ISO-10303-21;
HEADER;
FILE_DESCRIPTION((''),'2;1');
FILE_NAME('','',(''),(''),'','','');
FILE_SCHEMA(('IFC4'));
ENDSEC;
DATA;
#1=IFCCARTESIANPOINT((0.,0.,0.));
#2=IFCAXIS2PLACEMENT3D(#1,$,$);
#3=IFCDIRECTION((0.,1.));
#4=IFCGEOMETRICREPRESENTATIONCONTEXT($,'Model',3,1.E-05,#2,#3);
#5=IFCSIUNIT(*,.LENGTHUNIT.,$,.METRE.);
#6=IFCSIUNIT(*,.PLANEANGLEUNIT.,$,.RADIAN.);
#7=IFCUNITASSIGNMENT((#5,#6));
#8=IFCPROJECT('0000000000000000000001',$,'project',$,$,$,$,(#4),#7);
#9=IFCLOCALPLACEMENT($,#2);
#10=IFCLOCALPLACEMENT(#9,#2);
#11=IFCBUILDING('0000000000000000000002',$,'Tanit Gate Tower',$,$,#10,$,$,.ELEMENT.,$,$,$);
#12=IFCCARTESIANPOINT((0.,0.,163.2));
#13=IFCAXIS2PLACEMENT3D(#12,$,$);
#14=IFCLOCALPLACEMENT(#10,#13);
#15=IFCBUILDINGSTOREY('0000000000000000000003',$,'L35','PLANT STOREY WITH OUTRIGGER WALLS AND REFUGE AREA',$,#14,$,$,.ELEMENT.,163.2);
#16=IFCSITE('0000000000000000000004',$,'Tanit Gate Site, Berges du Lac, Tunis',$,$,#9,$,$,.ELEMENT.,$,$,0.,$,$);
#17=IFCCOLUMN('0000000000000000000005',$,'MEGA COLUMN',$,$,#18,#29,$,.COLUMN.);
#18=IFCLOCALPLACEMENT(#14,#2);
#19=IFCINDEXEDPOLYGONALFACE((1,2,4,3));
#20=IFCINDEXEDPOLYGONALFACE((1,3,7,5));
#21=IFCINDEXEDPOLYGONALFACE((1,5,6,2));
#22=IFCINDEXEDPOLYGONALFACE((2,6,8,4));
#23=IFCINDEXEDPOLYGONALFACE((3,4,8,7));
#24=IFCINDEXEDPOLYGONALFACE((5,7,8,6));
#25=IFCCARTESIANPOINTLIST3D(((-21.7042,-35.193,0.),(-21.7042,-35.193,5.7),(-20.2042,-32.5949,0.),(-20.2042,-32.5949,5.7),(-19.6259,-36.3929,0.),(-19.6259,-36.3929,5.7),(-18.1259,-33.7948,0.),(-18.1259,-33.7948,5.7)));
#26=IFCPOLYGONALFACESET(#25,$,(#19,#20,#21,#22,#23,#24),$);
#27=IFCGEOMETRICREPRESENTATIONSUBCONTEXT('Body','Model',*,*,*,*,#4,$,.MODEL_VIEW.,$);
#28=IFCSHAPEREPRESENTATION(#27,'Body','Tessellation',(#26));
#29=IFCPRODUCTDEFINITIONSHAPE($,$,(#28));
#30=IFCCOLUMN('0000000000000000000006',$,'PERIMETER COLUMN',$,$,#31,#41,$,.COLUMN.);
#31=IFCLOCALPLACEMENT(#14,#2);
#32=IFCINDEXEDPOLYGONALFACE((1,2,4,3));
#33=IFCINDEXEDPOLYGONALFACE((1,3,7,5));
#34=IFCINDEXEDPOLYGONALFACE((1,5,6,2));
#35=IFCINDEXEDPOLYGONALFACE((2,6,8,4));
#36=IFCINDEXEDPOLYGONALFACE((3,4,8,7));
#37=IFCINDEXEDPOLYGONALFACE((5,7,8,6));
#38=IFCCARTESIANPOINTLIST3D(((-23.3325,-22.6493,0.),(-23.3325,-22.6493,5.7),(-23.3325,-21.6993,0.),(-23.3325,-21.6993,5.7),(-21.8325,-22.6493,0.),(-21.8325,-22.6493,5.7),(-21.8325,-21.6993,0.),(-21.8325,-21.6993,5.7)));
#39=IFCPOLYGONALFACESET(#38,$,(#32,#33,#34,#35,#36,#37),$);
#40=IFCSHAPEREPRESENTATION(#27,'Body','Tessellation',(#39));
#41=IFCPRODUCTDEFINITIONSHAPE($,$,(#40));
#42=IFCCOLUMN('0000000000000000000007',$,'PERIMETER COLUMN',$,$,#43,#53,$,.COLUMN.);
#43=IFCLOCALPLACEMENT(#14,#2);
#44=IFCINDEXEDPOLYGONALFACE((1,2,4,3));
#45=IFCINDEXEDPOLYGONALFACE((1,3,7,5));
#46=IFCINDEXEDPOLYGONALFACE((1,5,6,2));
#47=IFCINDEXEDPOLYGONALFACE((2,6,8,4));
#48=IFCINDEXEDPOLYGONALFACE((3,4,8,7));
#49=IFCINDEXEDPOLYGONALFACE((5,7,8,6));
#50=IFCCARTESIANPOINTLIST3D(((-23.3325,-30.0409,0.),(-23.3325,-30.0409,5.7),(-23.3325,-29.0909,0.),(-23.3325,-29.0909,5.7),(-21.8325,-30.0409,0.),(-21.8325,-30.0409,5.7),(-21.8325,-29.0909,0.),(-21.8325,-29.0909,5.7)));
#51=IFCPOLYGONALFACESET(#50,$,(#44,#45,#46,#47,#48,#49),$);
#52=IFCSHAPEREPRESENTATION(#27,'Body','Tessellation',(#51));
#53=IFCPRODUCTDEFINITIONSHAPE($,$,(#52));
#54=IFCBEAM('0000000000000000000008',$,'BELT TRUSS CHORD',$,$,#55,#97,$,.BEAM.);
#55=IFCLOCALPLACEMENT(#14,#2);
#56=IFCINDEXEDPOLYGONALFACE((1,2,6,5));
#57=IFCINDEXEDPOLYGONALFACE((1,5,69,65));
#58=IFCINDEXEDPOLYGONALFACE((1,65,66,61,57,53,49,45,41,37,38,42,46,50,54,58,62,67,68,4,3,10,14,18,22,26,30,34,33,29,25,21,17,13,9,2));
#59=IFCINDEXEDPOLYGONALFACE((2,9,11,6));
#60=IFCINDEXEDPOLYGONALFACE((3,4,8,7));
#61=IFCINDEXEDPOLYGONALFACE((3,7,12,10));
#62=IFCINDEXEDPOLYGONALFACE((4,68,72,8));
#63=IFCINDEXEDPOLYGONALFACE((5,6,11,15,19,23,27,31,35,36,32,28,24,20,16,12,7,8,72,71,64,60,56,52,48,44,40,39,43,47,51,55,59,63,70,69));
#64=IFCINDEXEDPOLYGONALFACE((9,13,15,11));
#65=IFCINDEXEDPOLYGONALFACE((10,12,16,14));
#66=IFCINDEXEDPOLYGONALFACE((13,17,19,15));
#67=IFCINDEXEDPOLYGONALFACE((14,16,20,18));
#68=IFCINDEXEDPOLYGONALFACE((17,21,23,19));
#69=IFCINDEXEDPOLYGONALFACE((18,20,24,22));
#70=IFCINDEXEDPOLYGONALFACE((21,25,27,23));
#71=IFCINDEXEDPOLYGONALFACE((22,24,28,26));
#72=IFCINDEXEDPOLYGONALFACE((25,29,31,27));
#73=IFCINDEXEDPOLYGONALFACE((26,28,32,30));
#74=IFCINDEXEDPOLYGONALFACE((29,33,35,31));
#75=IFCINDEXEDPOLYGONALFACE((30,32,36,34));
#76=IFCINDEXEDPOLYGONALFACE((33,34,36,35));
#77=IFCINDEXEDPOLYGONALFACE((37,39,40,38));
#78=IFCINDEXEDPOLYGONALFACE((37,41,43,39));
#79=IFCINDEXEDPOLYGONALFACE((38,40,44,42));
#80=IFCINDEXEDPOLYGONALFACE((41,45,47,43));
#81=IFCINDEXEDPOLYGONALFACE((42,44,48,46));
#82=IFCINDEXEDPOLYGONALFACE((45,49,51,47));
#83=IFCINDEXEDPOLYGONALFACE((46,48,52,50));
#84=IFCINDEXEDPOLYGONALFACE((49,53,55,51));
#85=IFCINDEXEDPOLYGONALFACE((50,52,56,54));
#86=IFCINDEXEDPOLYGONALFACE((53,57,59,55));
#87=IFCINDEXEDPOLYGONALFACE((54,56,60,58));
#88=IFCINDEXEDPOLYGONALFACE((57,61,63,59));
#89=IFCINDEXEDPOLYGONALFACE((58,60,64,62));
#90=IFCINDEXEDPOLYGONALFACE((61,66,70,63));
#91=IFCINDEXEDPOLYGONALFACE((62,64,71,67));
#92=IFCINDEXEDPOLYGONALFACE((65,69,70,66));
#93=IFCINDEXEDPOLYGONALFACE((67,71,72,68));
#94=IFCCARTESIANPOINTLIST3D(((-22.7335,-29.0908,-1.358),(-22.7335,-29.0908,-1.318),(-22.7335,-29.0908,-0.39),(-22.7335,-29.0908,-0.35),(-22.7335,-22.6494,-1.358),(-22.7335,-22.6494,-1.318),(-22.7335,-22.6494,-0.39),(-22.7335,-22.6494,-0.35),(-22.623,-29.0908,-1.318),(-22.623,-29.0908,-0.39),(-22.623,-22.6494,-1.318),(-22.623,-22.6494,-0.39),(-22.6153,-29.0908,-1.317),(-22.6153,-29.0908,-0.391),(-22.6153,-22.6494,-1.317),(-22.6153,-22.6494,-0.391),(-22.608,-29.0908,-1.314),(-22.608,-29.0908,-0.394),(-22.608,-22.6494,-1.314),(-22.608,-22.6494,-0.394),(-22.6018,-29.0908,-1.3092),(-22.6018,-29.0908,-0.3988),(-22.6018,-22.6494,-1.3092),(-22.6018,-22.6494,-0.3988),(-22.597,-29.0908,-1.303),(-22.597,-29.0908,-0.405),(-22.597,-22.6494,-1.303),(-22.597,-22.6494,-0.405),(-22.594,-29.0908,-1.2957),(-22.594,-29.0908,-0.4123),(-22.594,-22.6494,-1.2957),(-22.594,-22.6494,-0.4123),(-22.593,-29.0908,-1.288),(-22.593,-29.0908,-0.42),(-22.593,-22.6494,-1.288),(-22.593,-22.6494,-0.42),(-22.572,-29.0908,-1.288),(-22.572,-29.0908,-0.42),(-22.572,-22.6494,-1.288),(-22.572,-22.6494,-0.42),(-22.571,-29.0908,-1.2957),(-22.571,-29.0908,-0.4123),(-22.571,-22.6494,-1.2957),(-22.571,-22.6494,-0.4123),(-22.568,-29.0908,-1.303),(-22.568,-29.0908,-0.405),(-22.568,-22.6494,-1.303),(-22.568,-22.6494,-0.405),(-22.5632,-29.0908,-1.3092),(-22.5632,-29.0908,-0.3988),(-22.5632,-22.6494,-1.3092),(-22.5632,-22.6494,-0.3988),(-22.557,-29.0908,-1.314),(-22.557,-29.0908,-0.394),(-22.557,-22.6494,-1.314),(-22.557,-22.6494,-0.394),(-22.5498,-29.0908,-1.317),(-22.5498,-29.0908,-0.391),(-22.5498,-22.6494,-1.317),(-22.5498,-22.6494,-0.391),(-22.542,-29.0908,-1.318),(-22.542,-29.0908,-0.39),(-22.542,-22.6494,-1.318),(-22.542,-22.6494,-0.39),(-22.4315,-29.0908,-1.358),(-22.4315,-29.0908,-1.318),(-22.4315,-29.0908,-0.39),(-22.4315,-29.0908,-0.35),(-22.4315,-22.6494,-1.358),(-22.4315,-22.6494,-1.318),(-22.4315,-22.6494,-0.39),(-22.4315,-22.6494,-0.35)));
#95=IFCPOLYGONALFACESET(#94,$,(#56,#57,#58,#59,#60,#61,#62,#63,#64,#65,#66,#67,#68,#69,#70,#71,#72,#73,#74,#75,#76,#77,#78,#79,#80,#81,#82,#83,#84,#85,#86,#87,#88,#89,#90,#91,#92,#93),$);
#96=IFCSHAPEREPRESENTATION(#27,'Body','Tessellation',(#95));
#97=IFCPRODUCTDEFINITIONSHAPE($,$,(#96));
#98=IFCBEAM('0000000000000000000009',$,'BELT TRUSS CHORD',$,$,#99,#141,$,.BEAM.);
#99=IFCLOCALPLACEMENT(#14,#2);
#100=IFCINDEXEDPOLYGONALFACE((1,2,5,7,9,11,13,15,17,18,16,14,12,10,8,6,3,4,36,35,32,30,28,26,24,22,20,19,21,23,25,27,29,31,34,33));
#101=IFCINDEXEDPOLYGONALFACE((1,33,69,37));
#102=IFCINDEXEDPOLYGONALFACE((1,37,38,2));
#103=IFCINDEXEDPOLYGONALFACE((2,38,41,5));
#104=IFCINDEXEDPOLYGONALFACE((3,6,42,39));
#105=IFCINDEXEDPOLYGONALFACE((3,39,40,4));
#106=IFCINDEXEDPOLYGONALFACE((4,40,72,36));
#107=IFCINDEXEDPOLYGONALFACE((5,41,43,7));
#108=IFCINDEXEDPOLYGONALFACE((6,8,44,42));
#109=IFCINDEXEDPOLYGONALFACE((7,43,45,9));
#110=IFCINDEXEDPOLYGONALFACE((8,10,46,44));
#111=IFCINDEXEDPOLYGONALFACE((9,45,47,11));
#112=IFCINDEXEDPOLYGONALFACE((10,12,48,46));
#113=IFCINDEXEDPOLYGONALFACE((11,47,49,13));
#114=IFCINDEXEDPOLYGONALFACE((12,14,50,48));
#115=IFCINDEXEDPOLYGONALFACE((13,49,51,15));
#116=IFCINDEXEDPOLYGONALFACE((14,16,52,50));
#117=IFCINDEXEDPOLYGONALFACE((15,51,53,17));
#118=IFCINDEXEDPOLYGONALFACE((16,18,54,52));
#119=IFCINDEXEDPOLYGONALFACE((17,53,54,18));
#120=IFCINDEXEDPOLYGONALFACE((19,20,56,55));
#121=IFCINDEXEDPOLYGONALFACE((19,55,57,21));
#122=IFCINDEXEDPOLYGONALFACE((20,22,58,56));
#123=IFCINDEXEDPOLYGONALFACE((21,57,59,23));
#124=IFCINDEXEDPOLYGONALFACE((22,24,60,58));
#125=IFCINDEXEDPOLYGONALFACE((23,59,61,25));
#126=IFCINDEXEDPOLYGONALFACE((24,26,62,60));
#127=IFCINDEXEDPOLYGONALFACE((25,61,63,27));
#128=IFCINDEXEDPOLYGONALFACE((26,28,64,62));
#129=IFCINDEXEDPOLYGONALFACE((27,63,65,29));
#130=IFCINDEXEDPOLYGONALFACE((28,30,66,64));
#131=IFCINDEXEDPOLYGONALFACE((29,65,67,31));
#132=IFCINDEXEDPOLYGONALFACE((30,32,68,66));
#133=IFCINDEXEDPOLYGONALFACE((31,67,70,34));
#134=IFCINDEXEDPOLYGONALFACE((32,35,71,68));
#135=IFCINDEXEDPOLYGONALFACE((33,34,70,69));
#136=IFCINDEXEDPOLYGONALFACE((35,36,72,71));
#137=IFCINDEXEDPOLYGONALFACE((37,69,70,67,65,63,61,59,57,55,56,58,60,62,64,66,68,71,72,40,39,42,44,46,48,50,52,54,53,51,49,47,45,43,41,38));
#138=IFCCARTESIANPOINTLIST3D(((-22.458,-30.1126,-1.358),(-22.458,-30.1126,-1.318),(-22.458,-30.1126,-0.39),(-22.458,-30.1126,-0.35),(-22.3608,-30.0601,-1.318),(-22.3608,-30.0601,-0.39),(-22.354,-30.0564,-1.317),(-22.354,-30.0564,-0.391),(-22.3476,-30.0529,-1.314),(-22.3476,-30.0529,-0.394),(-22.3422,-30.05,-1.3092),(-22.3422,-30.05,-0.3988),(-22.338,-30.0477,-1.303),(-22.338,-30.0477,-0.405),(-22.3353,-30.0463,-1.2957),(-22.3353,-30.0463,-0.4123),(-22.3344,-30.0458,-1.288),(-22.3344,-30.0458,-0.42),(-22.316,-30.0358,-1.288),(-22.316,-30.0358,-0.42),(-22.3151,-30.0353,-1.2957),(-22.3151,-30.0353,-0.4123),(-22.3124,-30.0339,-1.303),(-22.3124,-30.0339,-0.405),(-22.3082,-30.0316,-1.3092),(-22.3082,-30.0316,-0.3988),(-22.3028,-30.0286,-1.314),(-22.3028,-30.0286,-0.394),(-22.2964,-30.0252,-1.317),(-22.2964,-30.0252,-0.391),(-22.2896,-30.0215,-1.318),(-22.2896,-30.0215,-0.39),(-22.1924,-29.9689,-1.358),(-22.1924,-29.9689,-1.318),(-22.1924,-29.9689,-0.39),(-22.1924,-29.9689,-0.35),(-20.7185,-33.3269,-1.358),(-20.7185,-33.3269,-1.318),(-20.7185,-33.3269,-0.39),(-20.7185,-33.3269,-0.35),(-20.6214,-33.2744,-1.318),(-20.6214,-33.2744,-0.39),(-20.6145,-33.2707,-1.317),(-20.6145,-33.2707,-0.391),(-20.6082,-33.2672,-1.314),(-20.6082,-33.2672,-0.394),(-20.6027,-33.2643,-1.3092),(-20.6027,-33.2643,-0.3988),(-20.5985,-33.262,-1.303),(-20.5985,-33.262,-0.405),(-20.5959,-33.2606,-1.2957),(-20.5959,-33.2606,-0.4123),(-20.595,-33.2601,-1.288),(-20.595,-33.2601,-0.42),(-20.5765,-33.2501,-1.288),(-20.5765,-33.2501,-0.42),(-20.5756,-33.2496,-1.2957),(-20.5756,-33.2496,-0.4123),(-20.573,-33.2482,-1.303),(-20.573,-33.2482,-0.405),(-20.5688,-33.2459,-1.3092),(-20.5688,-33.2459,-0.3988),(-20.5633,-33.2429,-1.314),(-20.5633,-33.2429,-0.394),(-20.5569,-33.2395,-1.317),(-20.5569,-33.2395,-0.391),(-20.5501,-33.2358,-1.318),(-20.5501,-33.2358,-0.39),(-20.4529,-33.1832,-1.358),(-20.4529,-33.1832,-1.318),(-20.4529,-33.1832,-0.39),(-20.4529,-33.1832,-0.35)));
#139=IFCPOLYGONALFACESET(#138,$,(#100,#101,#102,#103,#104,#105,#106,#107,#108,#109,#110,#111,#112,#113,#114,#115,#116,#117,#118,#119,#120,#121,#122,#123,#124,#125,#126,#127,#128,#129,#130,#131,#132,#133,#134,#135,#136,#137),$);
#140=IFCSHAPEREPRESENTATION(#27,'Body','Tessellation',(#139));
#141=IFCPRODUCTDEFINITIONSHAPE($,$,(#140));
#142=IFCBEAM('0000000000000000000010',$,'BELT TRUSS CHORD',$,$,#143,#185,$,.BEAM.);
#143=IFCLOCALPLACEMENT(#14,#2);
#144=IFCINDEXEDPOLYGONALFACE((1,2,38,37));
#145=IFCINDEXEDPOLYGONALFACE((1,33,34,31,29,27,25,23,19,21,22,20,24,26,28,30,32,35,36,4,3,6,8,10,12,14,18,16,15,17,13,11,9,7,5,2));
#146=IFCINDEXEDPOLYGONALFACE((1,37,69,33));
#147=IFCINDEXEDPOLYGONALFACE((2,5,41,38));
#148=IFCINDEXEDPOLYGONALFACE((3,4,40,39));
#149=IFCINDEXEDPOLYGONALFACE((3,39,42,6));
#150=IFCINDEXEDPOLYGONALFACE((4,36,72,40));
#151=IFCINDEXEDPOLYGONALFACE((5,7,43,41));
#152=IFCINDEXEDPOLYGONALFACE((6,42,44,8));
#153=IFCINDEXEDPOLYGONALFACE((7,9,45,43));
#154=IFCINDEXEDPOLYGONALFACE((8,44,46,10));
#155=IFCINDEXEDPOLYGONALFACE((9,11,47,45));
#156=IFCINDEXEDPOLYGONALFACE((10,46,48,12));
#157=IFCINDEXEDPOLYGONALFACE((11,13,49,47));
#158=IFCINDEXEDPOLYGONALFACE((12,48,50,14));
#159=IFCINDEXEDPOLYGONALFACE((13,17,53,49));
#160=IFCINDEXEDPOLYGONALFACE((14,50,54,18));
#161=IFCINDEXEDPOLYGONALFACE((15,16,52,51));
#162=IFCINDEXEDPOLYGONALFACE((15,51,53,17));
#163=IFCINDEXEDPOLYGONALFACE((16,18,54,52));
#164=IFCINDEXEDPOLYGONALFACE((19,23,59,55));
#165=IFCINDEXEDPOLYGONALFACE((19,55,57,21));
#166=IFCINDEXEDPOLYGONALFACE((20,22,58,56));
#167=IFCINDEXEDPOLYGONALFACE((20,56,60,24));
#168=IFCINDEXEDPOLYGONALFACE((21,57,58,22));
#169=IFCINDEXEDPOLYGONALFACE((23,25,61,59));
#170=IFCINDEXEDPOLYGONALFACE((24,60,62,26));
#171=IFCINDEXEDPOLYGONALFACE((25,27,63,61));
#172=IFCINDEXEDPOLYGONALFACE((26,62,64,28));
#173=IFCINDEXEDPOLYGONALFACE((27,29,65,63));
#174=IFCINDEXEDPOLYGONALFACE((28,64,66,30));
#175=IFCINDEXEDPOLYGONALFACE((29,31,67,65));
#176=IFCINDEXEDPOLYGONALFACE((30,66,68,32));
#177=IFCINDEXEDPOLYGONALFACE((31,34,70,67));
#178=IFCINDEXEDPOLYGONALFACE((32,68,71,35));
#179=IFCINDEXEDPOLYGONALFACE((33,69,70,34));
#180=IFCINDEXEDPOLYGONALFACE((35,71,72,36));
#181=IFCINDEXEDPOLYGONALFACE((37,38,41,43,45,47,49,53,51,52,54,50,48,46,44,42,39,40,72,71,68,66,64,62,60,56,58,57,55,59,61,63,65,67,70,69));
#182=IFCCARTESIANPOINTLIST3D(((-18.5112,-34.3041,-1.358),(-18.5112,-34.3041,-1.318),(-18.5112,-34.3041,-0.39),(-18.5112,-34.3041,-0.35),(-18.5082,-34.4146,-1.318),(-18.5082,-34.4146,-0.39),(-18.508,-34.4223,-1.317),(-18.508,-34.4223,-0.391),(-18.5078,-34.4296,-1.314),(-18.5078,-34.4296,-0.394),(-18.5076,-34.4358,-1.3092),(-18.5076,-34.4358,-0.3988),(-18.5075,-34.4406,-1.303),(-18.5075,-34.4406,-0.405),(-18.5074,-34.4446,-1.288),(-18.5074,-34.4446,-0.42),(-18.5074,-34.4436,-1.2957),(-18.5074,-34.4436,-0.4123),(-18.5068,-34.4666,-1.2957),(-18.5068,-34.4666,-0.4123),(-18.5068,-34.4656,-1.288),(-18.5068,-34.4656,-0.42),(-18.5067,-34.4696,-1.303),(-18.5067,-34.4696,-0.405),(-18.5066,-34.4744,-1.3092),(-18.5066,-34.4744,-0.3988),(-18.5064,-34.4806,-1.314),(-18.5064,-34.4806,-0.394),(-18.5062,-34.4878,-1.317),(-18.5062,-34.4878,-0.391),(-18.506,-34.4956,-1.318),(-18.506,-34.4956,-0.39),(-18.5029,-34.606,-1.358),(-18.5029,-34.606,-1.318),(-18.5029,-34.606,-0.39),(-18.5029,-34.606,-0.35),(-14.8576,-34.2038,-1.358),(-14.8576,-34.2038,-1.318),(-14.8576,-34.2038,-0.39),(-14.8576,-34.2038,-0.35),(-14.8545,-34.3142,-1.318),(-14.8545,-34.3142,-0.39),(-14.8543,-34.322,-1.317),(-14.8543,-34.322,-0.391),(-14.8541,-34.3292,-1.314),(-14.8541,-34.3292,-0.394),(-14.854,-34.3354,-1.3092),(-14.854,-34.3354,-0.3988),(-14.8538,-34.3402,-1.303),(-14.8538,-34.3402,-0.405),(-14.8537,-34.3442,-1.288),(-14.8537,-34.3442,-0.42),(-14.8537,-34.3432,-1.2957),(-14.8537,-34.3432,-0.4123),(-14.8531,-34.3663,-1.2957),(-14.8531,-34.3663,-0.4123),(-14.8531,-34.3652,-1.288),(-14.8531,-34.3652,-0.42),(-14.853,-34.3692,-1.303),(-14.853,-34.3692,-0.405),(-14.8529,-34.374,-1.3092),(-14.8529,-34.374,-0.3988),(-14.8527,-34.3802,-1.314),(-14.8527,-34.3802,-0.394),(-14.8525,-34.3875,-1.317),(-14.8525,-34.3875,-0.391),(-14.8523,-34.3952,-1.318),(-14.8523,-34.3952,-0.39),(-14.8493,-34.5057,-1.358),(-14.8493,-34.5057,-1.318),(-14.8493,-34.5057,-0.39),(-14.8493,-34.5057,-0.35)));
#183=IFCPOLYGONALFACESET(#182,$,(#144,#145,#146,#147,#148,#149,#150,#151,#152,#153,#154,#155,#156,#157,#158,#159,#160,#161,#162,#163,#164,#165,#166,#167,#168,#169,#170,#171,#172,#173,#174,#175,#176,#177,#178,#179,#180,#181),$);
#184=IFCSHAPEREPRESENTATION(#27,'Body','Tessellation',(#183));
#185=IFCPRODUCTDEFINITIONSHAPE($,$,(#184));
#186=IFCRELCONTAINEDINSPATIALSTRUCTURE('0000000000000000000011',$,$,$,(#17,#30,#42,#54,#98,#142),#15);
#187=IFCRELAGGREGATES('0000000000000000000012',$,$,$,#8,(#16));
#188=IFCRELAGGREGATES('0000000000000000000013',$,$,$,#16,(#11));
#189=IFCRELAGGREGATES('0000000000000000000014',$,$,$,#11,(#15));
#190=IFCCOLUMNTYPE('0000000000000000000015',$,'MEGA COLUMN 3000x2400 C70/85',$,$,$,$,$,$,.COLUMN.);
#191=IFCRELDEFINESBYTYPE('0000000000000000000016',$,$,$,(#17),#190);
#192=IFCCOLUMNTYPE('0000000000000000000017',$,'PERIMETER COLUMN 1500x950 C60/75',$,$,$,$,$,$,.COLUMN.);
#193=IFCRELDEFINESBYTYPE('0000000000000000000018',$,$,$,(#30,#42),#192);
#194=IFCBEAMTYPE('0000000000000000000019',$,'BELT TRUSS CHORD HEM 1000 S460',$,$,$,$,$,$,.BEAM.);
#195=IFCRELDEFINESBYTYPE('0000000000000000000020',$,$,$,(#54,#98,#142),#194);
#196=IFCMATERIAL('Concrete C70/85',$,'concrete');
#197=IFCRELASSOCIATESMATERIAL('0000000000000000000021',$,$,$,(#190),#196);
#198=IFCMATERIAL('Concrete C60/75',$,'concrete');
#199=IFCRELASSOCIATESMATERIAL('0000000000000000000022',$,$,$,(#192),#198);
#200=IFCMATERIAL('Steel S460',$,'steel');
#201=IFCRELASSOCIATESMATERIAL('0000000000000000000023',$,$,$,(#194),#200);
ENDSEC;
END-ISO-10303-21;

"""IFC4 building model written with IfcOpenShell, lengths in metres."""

from ifc_helpers import new_model, si_unit, direction, frame, origin, origin_2d, place, context, subcontext, project, spatial, rectangle, i_section, extrude, material, material_profile, profile_set, type_object, element, save


model = new_model("IFC4")

# Units and contexts
model_context = context("Model", 3, precision=1e-05, world=origin(), true_north=direction((0.0, 1.0)))
body_context = subcontext(model_context, "Body", "Model", "MODEL_VIEW")
ifc_project = project(units=[si_unit("LENGTHUNIT", "METRE"), si_unit("PLANEANGLEUNIT", "RADIAN")], contexts=[model_context])

# Site, building, storey
site_placement = place(None, origin())
site = spatial("IfcSite", under=ifc_project, at=site_placement, Name="Tanit Gate Site, Berges du Lac, Tunis", CompositionType="ELEMENT", RefElevation=0.0)
building_placement = place(site_placement, origin())
building = spatial("IfcBuilding", under=site, at=building_placement, Name="Tanit Gate Tower", CompositionType="ELEMENT")
storey_placement = place(building_placement, frame((0.0, 0.0, 163.2)))
storey = spatial("IfcBuildingStorey", under=building, at=storey_placement, Name="L35", Description="PLANT STOREY WITH OUTRIGGER WALLS AND REFUGE AREA", CompositionType="ELEMENT", Elevation=163.2)

# Columns
ifc_material_1 = material(Name="Concrete C70/85", Category="concrete")
ifc_material_profile_1 = material_profile(ifc_material_1, rectangle(XDim=3.0, YDim=2.3999, at=origin_2d()), Name="RC 3000x2400")
ifc_profile_set_1 = profile_set([ifc_material_profile_1], Name="Concrete C70/85")
column_type_1 = type_object("IfcColumnType", Name="MEGA COLUMN 3000x2400 C70/85", PredefinedType="COLUMN", material=ifc_profile_set_1)
column_placement = place(storey_placement, frame((-19.915, -34.4939, 0.0), z_axis=(0.0, 0.0, 1.0), x_axis=(-0.5, -0.866025, 0.0)))
element("IfcColumn", 1, at=column_placement, inside=storey, type_object=column_type_1, Name="MEGA COLUMN", PredefinedType="COLUMN", context=body_context, shape_type="SweptSolid", body=[
    extrude(rectangle(XDim=3.0, YDim=2.3999, at=origin_2d()), origin(), (0.0, 0.0, 1.0), 5.7),
])
ifc_material_2 = material(Name="Concrete C60/75", Category="concrete")
ifc_material_profile_2 = material_profile(ifc_material_2, rectangle(XDim=1.5, YDim=0.95, at=origin_2d()), Name="RC 1500x950")
ifc_profile_set_2 = profile_set([ifc_material_profile_2], Name="Concrete C60/75")
column_type_2 = type_object("IfcColumnType", Name="PERIMETER COLUMN 1500x950 C60/75", PredefinedType="COLUMN", material=ifc_profile_set_2)
for number, where, z_axis, x_axis, name in (
    (2, (-22.5825, -22.1743, 0.0), (0.0, 0.0, 1.0), (-1.0, 0.0, 0.0), "PERIMETER COLUMN"),
    (3, (-22.5825, -29.5659, 0.0), (0.0, 0.0, 1.0), (-1.0, 0.0, 0.0), "PERIMETER COLUMN"),
):
    element("IfcColumn", number, at=place(storey_placement, frame(where, z_axis=z_axis, x_axis=x_axis)), inside=storey, type_object=column_type_2, Name=name, PredefinedType="COLUMN", context=body_context, shape_type="SweptSolid", body=[
        extrude(rectangle(XDim=1.5, YDim=0.95, at=origin_2d()), origin(), (0.0, 0.0, 1.0), 5.7),
    ])

# Beams
ifc_material_3 = material(Name="Steel S460", Category="steel")
ifc_material_profile_3 = material_profile(ifc_material_3, i_section(OverallWidth=0.302, OverallDepth=1.0081, WebThickness=0.021, FlangeThickness=0.04, FilletRadius=0.03, at=origin_2d()), Name="HEM 1000")
ifc_profile_set_3 = profile_set([ifc_material_profile_3], Name="Steel S460")
beam_type_1 = type_object("IfcBeamType", Name="BELT TRUSS CHORD HEM 1000 S460", PredefinedType="BEAM", material=ifc_profile_set_3)
beam_1_placement = place(storey_placement, frame((-22.5825, -22.6494, -0.854), z_axis=(0.0, -1.0, 0.0), x_axis=(1.0, 0.0, 0.0)))
element("IfcBeam", 4, at=beam_1_placement, inside=storey, type_object=beam_type_1, Name="BELT TRUSS CHORD", PredefinedType="BEAM", context=body_context, shape_type="SweptSolid", body=[
    extrude(i_section(OverallWidth=0.302, OverallDepth=1.0081, WebThickness=0.021, FlangeThickness=0.04, FilletRadius=0.03, at=origin_2d()), origin(), (0.0, 0.0, 1.0), 6.4414),
])
beam_2_placement = place(storey_placement, frame((-22.3252, -30.0408, -0.854), z_axis=(0.475943, -0.879476, 0.0), x_axis=(0.879476, 0.475943, 0.0)))
element("IfcBeam", 5, at=beam_2_placement, inside=storey, type_object=beam_type_1, Name="BELT TRUSS CHORD", PredefinedType="BEAM", context=body_context, shape_type="SweptSolid", body=[
    extrude(i_section(OverallWidth=0.302, OverallDepth=1.0081, WebThickness=0.021, FlangeThickness=0.04, FilletRadius=0.03, at=origin_2d()), origin(), (0.0, 0.0, 1.0), 3.6548),
])
beam_3_placement = place(storey_placement, frame((-18.5071, -34.4551, -0.854), z_axis=(0.999623, 0.027454, 0.0), x_axis=(-0.027454, 0.999623, 0.0)))
element("IfcBeam", 6, at=beam_3_placement, inside=storey, type_object=beam_type_1, Name="BELT TRUSS CHORD", PredefinedType="BEAM", context=body_context, shape_type="SweptSolid", body=[
    extrude(i_section(OverallWidth=0.302, OverallDepth=1.0081, WebThickness=0.021, FlangeThickness=0.04, FilletRadius=0.03, at=origin_2d()), origin(), (0.0, 0.0, 1.0), 3.655),
])

save(model, "model.ifc")
